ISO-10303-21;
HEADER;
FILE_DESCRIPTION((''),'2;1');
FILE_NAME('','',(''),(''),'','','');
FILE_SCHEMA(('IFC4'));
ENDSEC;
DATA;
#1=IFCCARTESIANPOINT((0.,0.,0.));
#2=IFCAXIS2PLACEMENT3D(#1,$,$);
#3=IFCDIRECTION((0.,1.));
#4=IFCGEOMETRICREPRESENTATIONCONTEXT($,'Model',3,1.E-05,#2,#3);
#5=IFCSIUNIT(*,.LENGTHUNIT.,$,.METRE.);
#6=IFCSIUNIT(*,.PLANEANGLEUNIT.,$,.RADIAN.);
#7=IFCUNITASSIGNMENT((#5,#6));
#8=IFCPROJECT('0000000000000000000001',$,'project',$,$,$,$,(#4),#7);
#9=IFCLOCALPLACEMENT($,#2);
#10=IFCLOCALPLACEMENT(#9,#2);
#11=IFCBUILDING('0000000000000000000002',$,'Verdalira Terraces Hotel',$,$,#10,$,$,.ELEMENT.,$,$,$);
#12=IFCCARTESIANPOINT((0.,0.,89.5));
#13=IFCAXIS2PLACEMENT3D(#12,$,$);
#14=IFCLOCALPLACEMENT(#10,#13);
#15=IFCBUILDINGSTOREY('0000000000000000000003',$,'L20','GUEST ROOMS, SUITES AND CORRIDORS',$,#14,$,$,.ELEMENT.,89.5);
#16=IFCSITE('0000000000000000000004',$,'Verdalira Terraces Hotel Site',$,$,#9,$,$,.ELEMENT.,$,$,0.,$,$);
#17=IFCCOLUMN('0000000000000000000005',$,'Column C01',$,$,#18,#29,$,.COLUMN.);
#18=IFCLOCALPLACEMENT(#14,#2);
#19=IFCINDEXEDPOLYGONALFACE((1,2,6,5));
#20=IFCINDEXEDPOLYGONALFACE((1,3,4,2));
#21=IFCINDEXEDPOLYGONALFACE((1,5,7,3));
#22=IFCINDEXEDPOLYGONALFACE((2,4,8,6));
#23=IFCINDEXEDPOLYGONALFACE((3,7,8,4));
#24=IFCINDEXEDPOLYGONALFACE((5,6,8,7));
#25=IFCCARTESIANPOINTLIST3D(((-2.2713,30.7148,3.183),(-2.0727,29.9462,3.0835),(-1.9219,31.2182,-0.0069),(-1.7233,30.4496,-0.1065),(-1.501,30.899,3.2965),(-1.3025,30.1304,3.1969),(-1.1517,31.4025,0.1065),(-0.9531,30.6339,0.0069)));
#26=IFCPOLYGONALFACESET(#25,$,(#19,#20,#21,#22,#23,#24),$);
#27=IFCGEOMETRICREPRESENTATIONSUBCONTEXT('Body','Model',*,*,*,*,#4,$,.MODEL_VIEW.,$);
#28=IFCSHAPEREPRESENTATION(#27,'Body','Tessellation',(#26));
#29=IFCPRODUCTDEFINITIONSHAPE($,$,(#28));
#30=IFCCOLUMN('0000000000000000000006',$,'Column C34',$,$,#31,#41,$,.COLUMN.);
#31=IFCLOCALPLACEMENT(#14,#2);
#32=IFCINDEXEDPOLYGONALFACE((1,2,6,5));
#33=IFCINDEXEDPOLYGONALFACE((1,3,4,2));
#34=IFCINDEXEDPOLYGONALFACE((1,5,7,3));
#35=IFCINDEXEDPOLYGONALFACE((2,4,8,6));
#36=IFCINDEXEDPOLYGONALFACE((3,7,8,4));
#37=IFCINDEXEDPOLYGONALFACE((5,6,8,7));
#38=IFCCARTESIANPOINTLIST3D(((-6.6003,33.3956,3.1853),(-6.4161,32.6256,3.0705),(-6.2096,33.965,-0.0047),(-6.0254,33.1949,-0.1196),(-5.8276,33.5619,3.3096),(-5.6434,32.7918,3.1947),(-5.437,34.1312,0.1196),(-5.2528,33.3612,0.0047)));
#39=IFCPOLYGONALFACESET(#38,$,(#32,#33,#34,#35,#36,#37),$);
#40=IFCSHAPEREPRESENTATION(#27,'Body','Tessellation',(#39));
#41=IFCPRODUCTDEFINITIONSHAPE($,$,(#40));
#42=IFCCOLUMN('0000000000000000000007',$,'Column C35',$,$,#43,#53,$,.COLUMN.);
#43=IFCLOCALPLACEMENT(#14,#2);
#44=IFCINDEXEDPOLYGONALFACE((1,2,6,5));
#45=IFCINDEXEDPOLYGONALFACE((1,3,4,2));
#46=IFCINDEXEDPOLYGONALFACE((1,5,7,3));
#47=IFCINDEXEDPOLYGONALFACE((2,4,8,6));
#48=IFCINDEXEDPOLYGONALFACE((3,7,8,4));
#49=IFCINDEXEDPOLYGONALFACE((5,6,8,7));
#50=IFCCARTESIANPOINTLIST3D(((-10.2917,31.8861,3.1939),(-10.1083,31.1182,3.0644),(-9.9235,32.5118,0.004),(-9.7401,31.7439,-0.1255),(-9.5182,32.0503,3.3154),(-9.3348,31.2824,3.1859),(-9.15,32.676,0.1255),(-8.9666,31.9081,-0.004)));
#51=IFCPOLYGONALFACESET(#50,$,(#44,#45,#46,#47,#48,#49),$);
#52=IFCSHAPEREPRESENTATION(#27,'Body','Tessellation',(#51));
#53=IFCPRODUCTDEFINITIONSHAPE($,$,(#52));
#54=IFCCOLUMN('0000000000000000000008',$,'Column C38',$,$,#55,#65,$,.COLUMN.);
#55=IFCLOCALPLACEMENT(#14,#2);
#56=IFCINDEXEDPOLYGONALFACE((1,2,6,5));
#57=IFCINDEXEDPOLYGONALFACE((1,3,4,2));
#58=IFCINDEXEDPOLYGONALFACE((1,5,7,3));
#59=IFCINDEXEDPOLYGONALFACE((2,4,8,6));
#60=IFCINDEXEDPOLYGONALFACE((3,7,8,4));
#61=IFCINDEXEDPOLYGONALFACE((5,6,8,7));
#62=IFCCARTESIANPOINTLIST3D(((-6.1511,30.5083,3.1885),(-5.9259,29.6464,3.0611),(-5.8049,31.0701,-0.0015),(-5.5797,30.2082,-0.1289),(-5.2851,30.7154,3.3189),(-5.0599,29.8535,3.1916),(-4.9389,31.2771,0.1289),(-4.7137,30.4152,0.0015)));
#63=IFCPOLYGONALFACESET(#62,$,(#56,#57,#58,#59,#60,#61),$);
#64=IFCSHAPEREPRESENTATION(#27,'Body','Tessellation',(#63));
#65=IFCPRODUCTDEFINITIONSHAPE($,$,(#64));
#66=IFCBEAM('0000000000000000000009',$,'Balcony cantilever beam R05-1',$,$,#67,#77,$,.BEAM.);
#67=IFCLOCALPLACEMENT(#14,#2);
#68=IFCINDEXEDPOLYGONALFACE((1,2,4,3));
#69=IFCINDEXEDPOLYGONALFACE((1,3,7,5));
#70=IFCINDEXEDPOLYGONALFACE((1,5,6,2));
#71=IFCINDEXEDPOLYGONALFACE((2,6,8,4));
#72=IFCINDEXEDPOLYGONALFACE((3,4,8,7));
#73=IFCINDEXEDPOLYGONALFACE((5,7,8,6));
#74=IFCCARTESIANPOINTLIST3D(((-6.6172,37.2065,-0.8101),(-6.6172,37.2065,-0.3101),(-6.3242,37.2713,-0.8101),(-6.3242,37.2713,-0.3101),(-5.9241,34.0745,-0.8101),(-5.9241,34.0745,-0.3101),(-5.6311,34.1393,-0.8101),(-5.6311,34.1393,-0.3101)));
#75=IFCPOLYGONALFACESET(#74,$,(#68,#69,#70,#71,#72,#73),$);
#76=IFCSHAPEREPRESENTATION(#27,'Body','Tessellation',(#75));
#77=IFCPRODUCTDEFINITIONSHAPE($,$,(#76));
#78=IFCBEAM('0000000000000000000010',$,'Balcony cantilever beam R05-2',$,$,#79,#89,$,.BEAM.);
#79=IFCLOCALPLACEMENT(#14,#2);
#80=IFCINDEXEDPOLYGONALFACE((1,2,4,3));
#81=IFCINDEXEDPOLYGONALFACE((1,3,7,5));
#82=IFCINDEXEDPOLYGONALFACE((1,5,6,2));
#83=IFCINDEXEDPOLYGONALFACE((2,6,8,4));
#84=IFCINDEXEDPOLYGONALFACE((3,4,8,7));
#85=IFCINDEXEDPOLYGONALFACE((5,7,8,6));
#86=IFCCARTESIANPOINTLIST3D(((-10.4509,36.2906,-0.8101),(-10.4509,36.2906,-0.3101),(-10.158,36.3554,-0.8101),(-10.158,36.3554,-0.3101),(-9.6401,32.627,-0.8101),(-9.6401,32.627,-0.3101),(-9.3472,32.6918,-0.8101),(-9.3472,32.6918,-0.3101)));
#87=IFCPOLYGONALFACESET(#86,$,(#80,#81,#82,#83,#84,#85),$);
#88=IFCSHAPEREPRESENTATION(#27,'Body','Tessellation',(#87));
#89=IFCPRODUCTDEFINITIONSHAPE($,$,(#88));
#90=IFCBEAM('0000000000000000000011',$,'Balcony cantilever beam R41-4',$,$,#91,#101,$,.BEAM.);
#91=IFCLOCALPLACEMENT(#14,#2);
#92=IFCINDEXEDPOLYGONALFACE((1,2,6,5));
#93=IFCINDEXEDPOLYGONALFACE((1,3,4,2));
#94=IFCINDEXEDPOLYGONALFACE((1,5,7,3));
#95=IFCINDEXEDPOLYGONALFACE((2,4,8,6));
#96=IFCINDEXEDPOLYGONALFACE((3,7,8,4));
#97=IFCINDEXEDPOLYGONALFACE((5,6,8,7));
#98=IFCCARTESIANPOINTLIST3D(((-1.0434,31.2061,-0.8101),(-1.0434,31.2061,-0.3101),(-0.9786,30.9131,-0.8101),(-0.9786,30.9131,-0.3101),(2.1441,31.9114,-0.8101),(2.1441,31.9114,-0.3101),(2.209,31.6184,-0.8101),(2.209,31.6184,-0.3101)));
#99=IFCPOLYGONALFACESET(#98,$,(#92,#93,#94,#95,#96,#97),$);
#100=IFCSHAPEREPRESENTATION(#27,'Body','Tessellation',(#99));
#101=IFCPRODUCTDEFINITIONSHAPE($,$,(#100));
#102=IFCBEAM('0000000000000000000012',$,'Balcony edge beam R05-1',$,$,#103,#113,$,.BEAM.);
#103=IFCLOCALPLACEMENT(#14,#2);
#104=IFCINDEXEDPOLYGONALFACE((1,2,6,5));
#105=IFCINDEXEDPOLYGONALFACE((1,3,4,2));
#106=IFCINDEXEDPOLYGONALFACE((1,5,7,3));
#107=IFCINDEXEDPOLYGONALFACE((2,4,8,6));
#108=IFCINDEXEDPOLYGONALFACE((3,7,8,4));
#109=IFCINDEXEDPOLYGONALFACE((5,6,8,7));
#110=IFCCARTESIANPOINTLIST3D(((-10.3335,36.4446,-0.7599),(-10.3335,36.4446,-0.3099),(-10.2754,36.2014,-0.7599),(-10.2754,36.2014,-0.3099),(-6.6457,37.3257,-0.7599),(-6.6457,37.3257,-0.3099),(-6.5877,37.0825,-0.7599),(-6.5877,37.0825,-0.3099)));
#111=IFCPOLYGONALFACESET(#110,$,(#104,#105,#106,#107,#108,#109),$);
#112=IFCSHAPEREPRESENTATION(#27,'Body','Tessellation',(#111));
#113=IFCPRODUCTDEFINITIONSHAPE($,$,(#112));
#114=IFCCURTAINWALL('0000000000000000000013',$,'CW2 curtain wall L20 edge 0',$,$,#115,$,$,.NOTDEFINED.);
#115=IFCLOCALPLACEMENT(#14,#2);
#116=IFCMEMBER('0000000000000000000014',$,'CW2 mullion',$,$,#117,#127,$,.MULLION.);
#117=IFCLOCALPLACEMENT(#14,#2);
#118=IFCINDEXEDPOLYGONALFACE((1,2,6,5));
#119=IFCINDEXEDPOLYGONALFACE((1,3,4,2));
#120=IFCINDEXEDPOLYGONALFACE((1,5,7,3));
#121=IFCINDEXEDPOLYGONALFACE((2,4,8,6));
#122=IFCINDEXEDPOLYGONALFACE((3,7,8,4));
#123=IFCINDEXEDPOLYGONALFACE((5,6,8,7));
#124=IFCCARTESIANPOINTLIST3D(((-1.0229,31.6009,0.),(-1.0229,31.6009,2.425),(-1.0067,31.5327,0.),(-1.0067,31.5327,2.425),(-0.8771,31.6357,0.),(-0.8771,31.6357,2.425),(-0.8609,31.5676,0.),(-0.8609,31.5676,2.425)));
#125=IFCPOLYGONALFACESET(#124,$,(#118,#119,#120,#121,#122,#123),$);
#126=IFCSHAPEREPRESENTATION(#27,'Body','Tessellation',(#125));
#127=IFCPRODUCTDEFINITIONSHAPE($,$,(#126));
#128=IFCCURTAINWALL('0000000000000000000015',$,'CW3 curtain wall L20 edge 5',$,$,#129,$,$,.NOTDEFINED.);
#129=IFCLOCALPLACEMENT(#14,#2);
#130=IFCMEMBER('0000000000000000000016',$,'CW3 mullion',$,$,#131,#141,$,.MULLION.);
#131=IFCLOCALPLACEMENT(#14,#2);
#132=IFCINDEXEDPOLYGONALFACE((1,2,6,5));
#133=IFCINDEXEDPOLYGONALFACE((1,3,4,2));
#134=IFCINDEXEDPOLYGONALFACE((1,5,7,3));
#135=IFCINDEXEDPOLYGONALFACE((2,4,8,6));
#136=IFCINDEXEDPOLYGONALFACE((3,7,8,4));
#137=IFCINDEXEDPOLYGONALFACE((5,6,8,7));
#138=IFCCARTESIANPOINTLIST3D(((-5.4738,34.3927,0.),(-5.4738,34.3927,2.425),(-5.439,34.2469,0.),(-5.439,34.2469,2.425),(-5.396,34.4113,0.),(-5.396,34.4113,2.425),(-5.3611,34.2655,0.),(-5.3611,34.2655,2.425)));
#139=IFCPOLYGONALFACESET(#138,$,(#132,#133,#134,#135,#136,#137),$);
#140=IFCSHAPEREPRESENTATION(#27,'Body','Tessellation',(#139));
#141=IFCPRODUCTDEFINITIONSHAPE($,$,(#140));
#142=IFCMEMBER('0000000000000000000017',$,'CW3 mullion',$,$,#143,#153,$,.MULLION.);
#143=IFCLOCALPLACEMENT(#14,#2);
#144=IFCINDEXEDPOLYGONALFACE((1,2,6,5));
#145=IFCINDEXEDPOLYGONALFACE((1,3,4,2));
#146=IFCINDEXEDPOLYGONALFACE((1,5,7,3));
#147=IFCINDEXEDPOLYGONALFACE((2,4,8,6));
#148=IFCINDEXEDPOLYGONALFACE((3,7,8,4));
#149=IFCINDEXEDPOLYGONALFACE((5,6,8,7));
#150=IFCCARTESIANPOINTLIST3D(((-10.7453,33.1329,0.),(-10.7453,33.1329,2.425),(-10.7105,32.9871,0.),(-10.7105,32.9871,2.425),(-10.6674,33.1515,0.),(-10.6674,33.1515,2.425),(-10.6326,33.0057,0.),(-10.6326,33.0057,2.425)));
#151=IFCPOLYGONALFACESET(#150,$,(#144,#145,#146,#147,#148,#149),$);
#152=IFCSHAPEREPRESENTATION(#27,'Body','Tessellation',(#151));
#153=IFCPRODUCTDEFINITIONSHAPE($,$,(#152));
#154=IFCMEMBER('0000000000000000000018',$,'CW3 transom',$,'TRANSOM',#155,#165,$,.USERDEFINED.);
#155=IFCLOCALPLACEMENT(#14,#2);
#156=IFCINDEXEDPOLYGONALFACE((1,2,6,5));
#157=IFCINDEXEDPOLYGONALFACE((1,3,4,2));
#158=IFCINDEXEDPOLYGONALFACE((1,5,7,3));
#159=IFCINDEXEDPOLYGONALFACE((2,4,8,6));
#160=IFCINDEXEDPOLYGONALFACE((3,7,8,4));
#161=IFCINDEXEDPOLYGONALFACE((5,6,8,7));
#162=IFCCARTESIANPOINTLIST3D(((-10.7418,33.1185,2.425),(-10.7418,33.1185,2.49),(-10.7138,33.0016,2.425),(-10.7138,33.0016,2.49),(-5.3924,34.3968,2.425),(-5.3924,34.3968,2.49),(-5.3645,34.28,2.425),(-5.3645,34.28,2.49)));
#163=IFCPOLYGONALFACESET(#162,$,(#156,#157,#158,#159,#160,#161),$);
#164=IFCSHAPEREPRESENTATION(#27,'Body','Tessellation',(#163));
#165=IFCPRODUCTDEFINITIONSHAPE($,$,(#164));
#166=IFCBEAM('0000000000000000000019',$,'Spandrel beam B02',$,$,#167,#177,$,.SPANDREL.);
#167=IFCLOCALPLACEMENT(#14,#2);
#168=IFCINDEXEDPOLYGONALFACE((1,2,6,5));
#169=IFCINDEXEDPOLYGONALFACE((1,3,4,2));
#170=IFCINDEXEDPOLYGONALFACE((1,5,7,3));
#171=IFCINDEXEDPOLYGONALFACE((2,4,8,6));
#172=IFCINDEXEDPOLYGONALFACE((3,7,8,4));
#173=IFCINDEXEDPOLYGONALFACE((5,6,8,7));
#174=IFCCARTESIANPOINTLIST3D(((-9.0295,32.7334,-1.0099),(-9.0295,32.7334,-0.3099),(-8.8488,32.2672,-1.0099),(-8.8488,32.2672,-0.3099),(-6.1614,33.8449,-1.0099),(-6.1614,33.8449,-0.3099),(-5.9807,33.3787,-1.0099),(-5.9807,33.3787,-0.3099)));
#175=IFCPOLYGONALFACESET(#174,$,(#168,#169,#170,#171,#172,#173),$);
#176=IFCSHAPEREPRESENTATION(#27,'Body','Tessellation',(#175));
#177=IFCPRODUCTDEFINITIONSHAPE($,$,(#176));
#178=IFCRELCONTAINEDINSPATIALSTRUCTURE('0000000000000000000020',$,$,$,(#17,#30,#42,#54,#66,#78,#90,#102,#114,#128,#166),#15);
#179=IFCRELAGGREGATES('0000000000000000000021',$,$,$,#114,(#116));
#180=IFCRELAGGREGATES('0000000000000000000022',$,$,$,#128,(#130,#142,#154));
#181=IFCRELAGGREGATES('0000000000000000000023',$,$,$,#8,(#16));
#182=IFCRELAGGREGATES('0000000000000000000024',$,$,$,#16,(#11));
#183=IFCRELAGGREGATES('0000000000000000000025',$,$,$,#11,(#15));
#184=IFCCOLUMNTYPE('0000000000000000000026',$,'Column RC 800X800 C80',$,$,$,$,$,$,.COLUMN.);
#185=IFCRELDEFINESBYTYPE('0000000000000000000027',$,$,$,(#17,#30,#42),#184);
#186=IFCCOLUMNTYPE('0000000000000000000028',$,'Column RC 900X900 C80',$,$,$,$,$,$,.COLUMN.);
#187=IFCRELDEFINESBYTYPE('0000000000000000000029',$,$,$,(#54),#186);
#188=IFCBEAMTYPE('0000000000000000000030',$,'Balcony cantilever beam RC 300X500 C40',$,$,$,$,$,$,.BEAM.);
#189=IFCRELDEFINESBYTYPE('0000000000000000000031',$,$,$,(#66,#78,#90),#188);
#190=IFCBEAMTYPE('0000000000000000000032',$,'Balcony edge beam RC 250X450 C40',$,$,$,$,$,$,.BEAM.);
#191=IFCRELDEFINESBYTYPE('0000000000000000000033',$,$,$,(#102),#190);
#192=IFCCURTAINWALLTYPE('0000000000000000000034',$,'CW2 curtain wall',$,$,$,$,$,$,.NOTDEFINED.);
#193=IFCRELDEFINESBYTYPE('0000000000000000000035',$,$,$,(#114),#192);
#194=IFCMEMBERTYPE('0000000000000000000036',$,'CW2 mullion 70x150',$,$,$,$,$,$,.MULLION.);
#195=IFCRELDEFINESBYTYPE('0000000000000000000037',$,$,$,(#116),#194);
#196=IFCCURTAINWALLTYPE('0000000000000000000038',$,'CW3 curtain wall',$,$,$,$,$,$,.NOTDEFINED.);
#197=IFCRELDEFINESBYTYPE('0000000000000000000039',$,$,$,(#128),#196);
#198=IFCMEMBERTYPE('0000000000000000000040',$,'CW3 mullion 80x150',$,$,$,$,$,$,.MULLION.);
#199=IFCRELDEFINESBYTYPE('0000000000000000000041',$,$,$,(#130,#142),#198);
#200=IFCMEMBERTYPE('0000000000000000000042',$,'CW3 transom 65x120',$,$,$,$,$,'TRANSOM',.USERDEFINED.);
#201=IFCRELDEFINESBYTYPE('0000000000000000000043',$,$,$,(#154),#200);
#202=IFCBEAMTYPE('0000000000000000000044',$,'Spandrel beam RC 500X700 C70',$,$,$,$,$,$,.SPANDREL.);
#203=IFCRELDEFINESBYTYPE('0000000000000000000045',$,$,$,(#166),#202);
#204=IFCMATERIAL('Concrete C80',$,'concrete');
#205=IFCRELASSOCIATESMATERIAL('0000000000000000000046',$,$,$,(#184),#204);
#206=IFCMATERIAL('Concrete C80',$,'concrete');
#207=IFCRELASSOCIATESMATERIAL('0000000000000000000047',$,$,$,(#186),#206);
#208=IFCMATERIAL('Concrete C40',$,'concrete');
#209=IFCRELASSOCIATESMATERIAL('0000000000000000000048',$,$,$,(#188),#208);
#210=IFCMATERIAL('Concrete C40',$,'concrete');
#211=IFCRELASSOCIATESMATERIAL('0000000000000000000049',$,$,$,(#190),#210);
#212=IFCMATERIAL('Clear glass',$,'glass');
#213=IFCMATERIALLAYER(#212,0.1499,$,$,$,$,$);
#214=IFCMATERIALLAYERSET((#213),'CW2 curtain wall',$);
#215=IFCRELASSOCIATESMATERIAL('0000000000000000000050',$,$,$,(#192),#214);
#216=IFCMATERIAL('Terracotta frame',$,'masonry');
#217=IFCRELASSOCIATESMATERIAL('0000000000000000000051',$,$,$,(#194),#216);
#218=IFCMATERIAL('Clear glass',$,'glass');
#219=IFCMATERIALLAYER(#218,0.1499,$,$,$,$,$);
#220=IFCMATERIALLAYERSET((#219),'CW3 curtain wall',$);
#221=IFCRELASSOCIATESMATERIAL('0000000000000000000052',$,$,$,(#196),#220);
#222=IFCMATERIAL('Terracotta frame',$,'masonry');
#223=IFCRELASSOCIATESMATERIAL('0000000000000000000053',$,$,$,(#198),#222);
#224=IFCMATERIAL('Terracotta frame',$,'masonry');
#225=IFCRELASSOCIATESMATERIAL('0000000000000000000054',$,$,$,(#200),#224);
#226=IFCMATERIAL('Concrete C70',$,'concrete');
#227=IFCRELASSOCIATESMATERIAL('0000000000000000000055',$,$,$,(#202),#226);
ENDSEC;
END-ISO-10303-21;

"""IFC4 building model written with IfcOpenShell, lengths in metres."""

from ifc_helpers import new_model, si_unit, direction, frame, origin, origin_2d, place, context, subcontext, project, spatial, rectangle, extrude, material, layer, layer_set, material_profile, profile_set, type_object, element, aggregate, save


model = new_model("IFC4")

# Units and contexts
model_context = context("Model", 3, precision=1e-05, world=origin(), true_north=direction((0.0, 1.0)))
body_context = subcontext(model_context, "Body", "Model", "MODEL_VIEW")
ifc_project = project(units=[si_unit("LENGTHUNIT", "METRE"), si_unit("PLANEANGLEUNIT", "RADIAN")], contexts=[model_context])

# Site, building, storey
site_placement = place(None, origin())
site = spatial("IfcSite", under=ifc_project, at=site_placement, Name="Verdalira Terraces Hotel Site", CompositionType="ELEMENT", RefElevation=0.0)
building_placement = place(site_placement, origin())
building = spatial("IfcBuilding", under=site, at=building_placement, Name="Verdalira Terraces Hotel", CompositionType="ELEMENT")
storey_placement = place(building_placement, frame((0.0, 0.0, 89.5)))
storey = spatial("IfcBuildingStorey", under=building, at=storey_placement, Name="L20", Description="GUEST ROOMS, SUITES AND CORRIDORS", CompositionType="ELEMENT", Elevation=89.5)

# Columns
ifc_material_1 = material(Name="Concrete C80", Category="concrete")
ifc_material_profile_1 = material_profile(ifc_material_1, rectangle(XDim=0.8, YDim=0.8, at=origin_2d()), Name="RC 800X800")
ifc_profile_set_1 = profile_set([ifc_material_profile_1], Name="Concrete C80")
column_type_1 = type_object("IfcColumnType", Name="Column RC 800X800 C80", PredefinedType="COLUMN", material=ifc_profile_set_1)
column_1_placement = place(storey_placement, frame((-1.4375, 30.926, 0.0), z_axis=(-0.107554, -0.154981, 0.982045), x_axis=(-0.248157, 0.960695, 0.124433)))
element("IfcColumn", 1, at=column_1_placement, inside=storey, type_object=column_type_1, Name="Column C01", PredefinedType="COLUMN", context=body_context, shape_type="SweptSolid", body=[
    extrude(rectangle(XDim=0.8, YDim=0.8, at=origin_2d()), origin(), (0.0, 0.0, 1.0), 3.2483),
])
column_2_placement = place(storey_placement, frame((-5.7312, 33.6631, 0.0), z_axis=(-0.119684, -0.174439, 0.977367), x_axis=(-0.965752, -0.207819, -0.155353)))
element("IfcColumn", 2, at=column_2_placement, inside=storey, type_object=column_type_1, Name="Column C34", PredefinedType="COLUMN", context=body_context, shape_type="SweptSolid", body=[
    extrude(rectangle(XDim=0.8, YDim=0.8, at=origin_2d()), origin(), (0.0, 0.0, 1.0), 3.2639),
])
column_3_placement = place(storey_placement, frame((-9.4451, 32.21, 0.0), z_axis=(-0.112536, -0.191267, 0.975065), x_axis=(-0.966845, -0.205303, -0.151859)))
element("IfcColumn", 3, at=column_3_placement, inside=storey, type_object=column_type_1, Name="Column C35", PredefinedType="COLUMN", context=body_context, shape_type="SweptSolid", body=[
    extrude(rectangle(XDim=0.8, YDim=0.8, at=origin_2d()), origin(), (0.0, 0.0, 1.0), 3.2715),
])
ifc_material_2 = material(Name="Concrete C80", Category="concrete")
ifc_material_profile_2 = material_profile(ifc_material_2, rectangle(XDim=0.8999, YDim=0.8999, at=origin_2d()), Name="RC 900X900")
ifc_profile_set_2 = profile_set([ifc_material_profile_2], Name="Concrete C80")
column_type_2 = type_object("IfcColumnType", Name="Column RC 900X900 C80", PredefinedType="COLUMN", material=ifc_profile_set_2)
column_4_placement = place(storey_placement, frame((-5.2593, 30.7427, 0.0), z_axis=(-0.106276, -0.172455, 0.979267), x_axis=(-0.250285, 0.957775, 0.141507)))
element("IfcColumn", 4, at=column_4_placement, inside=storey, type_object=column_type_2, Name="Column C38", PredefinedType="COLUMN", context=body_context, shape_type="SweptSolid", body=[
    extrude(rectangle(XDim=0.8999, YDim=0.8999, at=origin_2d()), origin(), (0.0, 0.0, 1.0), 3.2576),
])

# Beams
ifc_material_3 = material(Name="Concrete C40", Category="concrete")
ifc_material_profile_3 = material_profile(ifc_material_3, rectangle(XDim=0.3, YDim=0.5, at=origin_2d()), Name="RC 300X500")
ifc_profile_set_3 = profile_set([ifc_material_profile_3], Name="Concrete C40")
beam_type_1 = type_object("IfcBeamType", Name="Balcony cantilever beam RC 300X500 C40", PredefinedType="BEAM", material=ifc_profile_set_3)
beam_1_placement = place(storey_placement, frame((-5.7776, 34.1069, -0.5601), z_axis=(-0.216068, 0.976378, 0.0), x_axis=(-0.976378, -0.216068, 0.0)))
element("IfcBeam", 5, at=beam_1_placement, inside=storey, type_object=beam_type_1, Name="Balcony cantilever beam R05-1", PredefinedType="BEAM", context=body_context, shape_type="SweptSolid", body=[
    extrude(rectangle(XDim=0.3, YDim=0.5, at=origin_2d()), origin(), (0.0, 0.0, 1.0), 3.2078),
])
beam_2_placement = place(storey_placement, frame((-9.4937, 32.6594, -0.5601), z_axis=(-0.216083, 0.976375, 0.0), x_axis=(-0.976375, -0.216083, 0.0)))
element("IfcBeam", 6, at=beam_2_placement, inside=storey, type_object=beam_type_1, Name="Balcony cantilever beam R05-2", PredefinedType="BEAM", context=body_context, shape_type="SweptSolid", body=[
    extrude(rectangle(XDim=0.3, YDim=0.5, at=origin_2d()), origin(), (0.0, 0.0, 1.0), 3.7522),
])
beam_3_placement = place(storey_placement, frame((-1.011, 31.0596, -0.5601), z_axis=(0.976382, 0.216051, 0.0), x_axis=(-0.216051, 0.976382, 0.0)))
element("IfcBeam", 7, at=beam_3_placement, inside=storey, type_object=beam_type_1, Name="Balcony cantilever beam R41-4", PredefinedType="BEAM", context=body_context, shape_type="SweptSolid", body=[
    extrude(rectangle(XDim=0.3, YDim=0.5, at=origin_2d()), origin(), (0.0, 0.0, 1.0), 3.2646),
])
ifc_material_4 = material(Name="Concrete C40", Category="concrete")
ifc_material_profile_4 = material_profile(ifc_material_4, rectangle(XDim=0.25, YDim=0.45, at=origin_2d()), Name="RC 250X450")
ifc_profile_set_4 = profile_set([ifc_material_profile_4], Name="Concrete C40")
beam_type_2 = type_object("IfcBeamType", Name="Balcony edge beam RC 250X450 C40", PredefinedType="BEAM", material=ifc_profile_set_4)
beam_4_placement = place(storey_placement, frame((-6.6167, 37.2041, -0.5349), z_axis=(-0.972624, -0.232387, 0.0), x_axis=(0.232387, -0.972624, 0.0)))
element("IfcBeam", 8, at=beam_4_placement, inside=storey, type_object=beam_type_2, Name="Balcony edge beam R05-1", PredefinedType="BEAM", context=body_context, shape_type="SweptSolid", body=[
    extrude(rectangle(XDim=0.25, YDim=0.45, at=origin_2d()), origin(), (0.0, 0.0, 1.0), 3.7915),
])

# Curtain wall, member
ifc_material_5 = material(Name="Clear glass", Category="glass")
ifc_layer_1 = layer(ifc_material_5, 0.1499)
ifc_layer_set_1 = layer_set([ifc_layer_1], Name="CW2 curtain wall")
curtain_wall_type_1 = type_object("IfcCurtainWallType", Name="CW2 curtain wall", PredefinedType="NOTDEFINED", material=ifc_layer_set_1)
curtain_wall_1_placement = place(storey_placement, origin())
curtain_wall_1 = element("IfcCurtainWall", 9, at=curtain_wall_1_placement, inside=storey, type_object=curtain_wall_type_1, Name="CW2 curtain wall L20 edge 0", PredefinedType="NOTDEFINED")
ifc_material_6 = material(Name="Terracotta frame", Category="masonry")
ifc_material_profile_5 = material_profile(ifc_material_6, rectangle(XDim=0.0701, YDim=0.1499, at=origin_2d()), Name="MU 70x150")
ifc_profile_set_5 = profile_set([ifc_material_profile_5], Name="Terracotta frame")
member_type_1 = type_object("IfcMemberType", Name="CW2 mullion 70x150", PredefinedType="MULLION", material=ifc_profile_set_5)
member_1_placement = place(storey_placement, frame((-0.9419, 31.5842, 0.0), z_axis=(0.0, 0.0, 1.0), x_axis=(-0.232427, 0.972614, 0.0)))
member_1 = element("IfcMember", 10, at=member_1_placement, type_object=member_type_1, Name="CW2 mullion", PredefinedType="MULLION", context=body_context, shape_type="SweptSolid", body=[
    extrude(rectangle(XDim=0.0701, YDim=0.1499, at=origin_2d()), origin(), (0.0, 0.0, 1.0), 2.425),
])
aggregate(curtain_wall_1, [member_1])

# Curtain wall, members
ifc_material_7 = material(Name="Clear glass", Category="glass")
ifc_layer_2 = layer(ifc_material_7, 0.1499)
ifc_layer_set_2 = layer_set([ifc_layer_2], Name="CW3 curtain wall")
curtain_wall_type_2 = type_object("IfcCurtainWallType", Name="CW3 curtain wall", PredefinedType="NOTDEFINED", material=ifc_layer_set_2)
curtain_wall_2_placement = place(storey_placement, origin())
curtain_wall_2 = element("IfcCurtainWall", 11, at=curtain_wall_2_placement, inside=storey, type_object=curtain_wall_type_2, Name="CW3 curtain wall L20 edge 5", PredefinedType="NOTDEFINED")
ifc_material_8 = material(Name="Terracotta frame", Category="masonry")
ifc_material_profile_6 = material_profile(ifc_material_8, rectangle(XDim=0.0801, YDim=0.1499, at=origin_2d()), Name="MU 80x150")
ifc_profile_set_6 = profile_set([ifc_material_profile_6], Name="Terracotta frame")
member_type_2 = type_object("IfcMemberType", Name="CW3 mullion 80x150", PredefinedType="MULLION", material=ifc_profile_set_6)
member_2_placement = place(storey_placement, frame((-5.4175, 34.3291, 0.0), z_axis=(0.0, 0.0, 1.0), x_axis=(-0.972614, -0.232427, 0.0)))
member_2 = element("IfcMember", 12, at=member_2_placement, type_object=member_type_2, Name="CW3 mullion", PredefinedType="MULLION", context=body_context, shape_type="SweptSolid", body=[
    extrude(rectangle(XDim=0.0801, YDim=0.1499, at=origin_2d()), origin(), (0.0, 0.0, 1.0), 2.425),
])
member_3_placement = place(storey_placement, frame((-10.689, 33.0693, 0.0), z_axis=(0.0, 0.0, 1.0), x_axis=(-0.972614, -0.232427, 0.0)))
member_3 = element("IfcMember", 13, at=member_3_placement, type_object=member_type_2, Name="CW3 mullion", PredefinedType="MULLION", context=body_context, shape_type="SweptSolid", body=[
    extrude(rectangle(XDim=0.0801, YDim=0.1499, at=origin_2d()), origin(), (0.0, 0.0, 1.0), 2.425),
])
ifc_material_9 = material(Name="Terracotta frame", Category="masonry")
ifc_material_profile_7 = material_profile(ifc_material_9, rectangle(XDim=0.1201, YDim=0.0649, at=origin_2d()), Name="TR 65x120")
ifc_profile_set_7 = profile_set([ifc_material_profile_7], Name="Terracotta frame")
member_type_3 = type_object("IfcMemberType", Name="CW3 transom 65x120", ElementType="TRANSOM", PredefinedType="USERDEFINED", material=ifc_profile_set_7)
member_4_placement = place(storey_placement, frame((-5.3784, 34.3384, 2.4575), z_axis=(-0.972615, -0.232423, 0.0), x_axis=(0.232423, -0.972615, 0.0)))
member_4 = element("IfcMember", 14, at=member_4_placement, type_object=member_type_3, Name="CW3 transom", ObjectType="TRANSOM", PredefinedType="USERDEFINED", context=body_context, shape_type="SweptSolid", body=[
    extrude(rectangle(XDim=0.1201, YDim=0.0649, at=origin_2d()), origin(), (0.0, 0.0, 1.0), 5.5),
])

# Beam
ifc_material_10 = material(Name="Concrete C70", Category="concrete")
ifc_material_profile_8 = material_profile(ifc_material_10, rectangle(XDim=0.5, YDim=0.7, at=origin_2d()), Name="RC 500X700")
ifc_profile_set_8 = profile_set([ifc_material_profile_8], Name="Concrete C70")
beam_type_3 = type_object("IfcBeamType", Name="Spandrel beam RC 500X700 C70", PredefinedType="SPANDREL", material=ifc_profile_set_8)
beam_5_placement = place(storey_placement, frame((-6.071, 33.6118, -0.6599), z_axis=(-0.932424, -0.361366, 0.0), x_axis=(0.361366, -0.932424, 0.0)))
element("IfcBeam", 15, at=beam_5_placement, inside=storey, type_object=beam_type_3, Name="Spandrel beam B02", PredefinedType="SPANDREL", context=body_context, shape_type="SweptSolid", body=[
    extrude(rectangle(XDim=0.5, YDim=0.7, at=origin_2d()), origin(), (0.0, 0.0, 1.0), 3.0759),
])

aggregate(curtain_wall_2, [member_2, member_3, member_4])

save(model, "model.ifc")
